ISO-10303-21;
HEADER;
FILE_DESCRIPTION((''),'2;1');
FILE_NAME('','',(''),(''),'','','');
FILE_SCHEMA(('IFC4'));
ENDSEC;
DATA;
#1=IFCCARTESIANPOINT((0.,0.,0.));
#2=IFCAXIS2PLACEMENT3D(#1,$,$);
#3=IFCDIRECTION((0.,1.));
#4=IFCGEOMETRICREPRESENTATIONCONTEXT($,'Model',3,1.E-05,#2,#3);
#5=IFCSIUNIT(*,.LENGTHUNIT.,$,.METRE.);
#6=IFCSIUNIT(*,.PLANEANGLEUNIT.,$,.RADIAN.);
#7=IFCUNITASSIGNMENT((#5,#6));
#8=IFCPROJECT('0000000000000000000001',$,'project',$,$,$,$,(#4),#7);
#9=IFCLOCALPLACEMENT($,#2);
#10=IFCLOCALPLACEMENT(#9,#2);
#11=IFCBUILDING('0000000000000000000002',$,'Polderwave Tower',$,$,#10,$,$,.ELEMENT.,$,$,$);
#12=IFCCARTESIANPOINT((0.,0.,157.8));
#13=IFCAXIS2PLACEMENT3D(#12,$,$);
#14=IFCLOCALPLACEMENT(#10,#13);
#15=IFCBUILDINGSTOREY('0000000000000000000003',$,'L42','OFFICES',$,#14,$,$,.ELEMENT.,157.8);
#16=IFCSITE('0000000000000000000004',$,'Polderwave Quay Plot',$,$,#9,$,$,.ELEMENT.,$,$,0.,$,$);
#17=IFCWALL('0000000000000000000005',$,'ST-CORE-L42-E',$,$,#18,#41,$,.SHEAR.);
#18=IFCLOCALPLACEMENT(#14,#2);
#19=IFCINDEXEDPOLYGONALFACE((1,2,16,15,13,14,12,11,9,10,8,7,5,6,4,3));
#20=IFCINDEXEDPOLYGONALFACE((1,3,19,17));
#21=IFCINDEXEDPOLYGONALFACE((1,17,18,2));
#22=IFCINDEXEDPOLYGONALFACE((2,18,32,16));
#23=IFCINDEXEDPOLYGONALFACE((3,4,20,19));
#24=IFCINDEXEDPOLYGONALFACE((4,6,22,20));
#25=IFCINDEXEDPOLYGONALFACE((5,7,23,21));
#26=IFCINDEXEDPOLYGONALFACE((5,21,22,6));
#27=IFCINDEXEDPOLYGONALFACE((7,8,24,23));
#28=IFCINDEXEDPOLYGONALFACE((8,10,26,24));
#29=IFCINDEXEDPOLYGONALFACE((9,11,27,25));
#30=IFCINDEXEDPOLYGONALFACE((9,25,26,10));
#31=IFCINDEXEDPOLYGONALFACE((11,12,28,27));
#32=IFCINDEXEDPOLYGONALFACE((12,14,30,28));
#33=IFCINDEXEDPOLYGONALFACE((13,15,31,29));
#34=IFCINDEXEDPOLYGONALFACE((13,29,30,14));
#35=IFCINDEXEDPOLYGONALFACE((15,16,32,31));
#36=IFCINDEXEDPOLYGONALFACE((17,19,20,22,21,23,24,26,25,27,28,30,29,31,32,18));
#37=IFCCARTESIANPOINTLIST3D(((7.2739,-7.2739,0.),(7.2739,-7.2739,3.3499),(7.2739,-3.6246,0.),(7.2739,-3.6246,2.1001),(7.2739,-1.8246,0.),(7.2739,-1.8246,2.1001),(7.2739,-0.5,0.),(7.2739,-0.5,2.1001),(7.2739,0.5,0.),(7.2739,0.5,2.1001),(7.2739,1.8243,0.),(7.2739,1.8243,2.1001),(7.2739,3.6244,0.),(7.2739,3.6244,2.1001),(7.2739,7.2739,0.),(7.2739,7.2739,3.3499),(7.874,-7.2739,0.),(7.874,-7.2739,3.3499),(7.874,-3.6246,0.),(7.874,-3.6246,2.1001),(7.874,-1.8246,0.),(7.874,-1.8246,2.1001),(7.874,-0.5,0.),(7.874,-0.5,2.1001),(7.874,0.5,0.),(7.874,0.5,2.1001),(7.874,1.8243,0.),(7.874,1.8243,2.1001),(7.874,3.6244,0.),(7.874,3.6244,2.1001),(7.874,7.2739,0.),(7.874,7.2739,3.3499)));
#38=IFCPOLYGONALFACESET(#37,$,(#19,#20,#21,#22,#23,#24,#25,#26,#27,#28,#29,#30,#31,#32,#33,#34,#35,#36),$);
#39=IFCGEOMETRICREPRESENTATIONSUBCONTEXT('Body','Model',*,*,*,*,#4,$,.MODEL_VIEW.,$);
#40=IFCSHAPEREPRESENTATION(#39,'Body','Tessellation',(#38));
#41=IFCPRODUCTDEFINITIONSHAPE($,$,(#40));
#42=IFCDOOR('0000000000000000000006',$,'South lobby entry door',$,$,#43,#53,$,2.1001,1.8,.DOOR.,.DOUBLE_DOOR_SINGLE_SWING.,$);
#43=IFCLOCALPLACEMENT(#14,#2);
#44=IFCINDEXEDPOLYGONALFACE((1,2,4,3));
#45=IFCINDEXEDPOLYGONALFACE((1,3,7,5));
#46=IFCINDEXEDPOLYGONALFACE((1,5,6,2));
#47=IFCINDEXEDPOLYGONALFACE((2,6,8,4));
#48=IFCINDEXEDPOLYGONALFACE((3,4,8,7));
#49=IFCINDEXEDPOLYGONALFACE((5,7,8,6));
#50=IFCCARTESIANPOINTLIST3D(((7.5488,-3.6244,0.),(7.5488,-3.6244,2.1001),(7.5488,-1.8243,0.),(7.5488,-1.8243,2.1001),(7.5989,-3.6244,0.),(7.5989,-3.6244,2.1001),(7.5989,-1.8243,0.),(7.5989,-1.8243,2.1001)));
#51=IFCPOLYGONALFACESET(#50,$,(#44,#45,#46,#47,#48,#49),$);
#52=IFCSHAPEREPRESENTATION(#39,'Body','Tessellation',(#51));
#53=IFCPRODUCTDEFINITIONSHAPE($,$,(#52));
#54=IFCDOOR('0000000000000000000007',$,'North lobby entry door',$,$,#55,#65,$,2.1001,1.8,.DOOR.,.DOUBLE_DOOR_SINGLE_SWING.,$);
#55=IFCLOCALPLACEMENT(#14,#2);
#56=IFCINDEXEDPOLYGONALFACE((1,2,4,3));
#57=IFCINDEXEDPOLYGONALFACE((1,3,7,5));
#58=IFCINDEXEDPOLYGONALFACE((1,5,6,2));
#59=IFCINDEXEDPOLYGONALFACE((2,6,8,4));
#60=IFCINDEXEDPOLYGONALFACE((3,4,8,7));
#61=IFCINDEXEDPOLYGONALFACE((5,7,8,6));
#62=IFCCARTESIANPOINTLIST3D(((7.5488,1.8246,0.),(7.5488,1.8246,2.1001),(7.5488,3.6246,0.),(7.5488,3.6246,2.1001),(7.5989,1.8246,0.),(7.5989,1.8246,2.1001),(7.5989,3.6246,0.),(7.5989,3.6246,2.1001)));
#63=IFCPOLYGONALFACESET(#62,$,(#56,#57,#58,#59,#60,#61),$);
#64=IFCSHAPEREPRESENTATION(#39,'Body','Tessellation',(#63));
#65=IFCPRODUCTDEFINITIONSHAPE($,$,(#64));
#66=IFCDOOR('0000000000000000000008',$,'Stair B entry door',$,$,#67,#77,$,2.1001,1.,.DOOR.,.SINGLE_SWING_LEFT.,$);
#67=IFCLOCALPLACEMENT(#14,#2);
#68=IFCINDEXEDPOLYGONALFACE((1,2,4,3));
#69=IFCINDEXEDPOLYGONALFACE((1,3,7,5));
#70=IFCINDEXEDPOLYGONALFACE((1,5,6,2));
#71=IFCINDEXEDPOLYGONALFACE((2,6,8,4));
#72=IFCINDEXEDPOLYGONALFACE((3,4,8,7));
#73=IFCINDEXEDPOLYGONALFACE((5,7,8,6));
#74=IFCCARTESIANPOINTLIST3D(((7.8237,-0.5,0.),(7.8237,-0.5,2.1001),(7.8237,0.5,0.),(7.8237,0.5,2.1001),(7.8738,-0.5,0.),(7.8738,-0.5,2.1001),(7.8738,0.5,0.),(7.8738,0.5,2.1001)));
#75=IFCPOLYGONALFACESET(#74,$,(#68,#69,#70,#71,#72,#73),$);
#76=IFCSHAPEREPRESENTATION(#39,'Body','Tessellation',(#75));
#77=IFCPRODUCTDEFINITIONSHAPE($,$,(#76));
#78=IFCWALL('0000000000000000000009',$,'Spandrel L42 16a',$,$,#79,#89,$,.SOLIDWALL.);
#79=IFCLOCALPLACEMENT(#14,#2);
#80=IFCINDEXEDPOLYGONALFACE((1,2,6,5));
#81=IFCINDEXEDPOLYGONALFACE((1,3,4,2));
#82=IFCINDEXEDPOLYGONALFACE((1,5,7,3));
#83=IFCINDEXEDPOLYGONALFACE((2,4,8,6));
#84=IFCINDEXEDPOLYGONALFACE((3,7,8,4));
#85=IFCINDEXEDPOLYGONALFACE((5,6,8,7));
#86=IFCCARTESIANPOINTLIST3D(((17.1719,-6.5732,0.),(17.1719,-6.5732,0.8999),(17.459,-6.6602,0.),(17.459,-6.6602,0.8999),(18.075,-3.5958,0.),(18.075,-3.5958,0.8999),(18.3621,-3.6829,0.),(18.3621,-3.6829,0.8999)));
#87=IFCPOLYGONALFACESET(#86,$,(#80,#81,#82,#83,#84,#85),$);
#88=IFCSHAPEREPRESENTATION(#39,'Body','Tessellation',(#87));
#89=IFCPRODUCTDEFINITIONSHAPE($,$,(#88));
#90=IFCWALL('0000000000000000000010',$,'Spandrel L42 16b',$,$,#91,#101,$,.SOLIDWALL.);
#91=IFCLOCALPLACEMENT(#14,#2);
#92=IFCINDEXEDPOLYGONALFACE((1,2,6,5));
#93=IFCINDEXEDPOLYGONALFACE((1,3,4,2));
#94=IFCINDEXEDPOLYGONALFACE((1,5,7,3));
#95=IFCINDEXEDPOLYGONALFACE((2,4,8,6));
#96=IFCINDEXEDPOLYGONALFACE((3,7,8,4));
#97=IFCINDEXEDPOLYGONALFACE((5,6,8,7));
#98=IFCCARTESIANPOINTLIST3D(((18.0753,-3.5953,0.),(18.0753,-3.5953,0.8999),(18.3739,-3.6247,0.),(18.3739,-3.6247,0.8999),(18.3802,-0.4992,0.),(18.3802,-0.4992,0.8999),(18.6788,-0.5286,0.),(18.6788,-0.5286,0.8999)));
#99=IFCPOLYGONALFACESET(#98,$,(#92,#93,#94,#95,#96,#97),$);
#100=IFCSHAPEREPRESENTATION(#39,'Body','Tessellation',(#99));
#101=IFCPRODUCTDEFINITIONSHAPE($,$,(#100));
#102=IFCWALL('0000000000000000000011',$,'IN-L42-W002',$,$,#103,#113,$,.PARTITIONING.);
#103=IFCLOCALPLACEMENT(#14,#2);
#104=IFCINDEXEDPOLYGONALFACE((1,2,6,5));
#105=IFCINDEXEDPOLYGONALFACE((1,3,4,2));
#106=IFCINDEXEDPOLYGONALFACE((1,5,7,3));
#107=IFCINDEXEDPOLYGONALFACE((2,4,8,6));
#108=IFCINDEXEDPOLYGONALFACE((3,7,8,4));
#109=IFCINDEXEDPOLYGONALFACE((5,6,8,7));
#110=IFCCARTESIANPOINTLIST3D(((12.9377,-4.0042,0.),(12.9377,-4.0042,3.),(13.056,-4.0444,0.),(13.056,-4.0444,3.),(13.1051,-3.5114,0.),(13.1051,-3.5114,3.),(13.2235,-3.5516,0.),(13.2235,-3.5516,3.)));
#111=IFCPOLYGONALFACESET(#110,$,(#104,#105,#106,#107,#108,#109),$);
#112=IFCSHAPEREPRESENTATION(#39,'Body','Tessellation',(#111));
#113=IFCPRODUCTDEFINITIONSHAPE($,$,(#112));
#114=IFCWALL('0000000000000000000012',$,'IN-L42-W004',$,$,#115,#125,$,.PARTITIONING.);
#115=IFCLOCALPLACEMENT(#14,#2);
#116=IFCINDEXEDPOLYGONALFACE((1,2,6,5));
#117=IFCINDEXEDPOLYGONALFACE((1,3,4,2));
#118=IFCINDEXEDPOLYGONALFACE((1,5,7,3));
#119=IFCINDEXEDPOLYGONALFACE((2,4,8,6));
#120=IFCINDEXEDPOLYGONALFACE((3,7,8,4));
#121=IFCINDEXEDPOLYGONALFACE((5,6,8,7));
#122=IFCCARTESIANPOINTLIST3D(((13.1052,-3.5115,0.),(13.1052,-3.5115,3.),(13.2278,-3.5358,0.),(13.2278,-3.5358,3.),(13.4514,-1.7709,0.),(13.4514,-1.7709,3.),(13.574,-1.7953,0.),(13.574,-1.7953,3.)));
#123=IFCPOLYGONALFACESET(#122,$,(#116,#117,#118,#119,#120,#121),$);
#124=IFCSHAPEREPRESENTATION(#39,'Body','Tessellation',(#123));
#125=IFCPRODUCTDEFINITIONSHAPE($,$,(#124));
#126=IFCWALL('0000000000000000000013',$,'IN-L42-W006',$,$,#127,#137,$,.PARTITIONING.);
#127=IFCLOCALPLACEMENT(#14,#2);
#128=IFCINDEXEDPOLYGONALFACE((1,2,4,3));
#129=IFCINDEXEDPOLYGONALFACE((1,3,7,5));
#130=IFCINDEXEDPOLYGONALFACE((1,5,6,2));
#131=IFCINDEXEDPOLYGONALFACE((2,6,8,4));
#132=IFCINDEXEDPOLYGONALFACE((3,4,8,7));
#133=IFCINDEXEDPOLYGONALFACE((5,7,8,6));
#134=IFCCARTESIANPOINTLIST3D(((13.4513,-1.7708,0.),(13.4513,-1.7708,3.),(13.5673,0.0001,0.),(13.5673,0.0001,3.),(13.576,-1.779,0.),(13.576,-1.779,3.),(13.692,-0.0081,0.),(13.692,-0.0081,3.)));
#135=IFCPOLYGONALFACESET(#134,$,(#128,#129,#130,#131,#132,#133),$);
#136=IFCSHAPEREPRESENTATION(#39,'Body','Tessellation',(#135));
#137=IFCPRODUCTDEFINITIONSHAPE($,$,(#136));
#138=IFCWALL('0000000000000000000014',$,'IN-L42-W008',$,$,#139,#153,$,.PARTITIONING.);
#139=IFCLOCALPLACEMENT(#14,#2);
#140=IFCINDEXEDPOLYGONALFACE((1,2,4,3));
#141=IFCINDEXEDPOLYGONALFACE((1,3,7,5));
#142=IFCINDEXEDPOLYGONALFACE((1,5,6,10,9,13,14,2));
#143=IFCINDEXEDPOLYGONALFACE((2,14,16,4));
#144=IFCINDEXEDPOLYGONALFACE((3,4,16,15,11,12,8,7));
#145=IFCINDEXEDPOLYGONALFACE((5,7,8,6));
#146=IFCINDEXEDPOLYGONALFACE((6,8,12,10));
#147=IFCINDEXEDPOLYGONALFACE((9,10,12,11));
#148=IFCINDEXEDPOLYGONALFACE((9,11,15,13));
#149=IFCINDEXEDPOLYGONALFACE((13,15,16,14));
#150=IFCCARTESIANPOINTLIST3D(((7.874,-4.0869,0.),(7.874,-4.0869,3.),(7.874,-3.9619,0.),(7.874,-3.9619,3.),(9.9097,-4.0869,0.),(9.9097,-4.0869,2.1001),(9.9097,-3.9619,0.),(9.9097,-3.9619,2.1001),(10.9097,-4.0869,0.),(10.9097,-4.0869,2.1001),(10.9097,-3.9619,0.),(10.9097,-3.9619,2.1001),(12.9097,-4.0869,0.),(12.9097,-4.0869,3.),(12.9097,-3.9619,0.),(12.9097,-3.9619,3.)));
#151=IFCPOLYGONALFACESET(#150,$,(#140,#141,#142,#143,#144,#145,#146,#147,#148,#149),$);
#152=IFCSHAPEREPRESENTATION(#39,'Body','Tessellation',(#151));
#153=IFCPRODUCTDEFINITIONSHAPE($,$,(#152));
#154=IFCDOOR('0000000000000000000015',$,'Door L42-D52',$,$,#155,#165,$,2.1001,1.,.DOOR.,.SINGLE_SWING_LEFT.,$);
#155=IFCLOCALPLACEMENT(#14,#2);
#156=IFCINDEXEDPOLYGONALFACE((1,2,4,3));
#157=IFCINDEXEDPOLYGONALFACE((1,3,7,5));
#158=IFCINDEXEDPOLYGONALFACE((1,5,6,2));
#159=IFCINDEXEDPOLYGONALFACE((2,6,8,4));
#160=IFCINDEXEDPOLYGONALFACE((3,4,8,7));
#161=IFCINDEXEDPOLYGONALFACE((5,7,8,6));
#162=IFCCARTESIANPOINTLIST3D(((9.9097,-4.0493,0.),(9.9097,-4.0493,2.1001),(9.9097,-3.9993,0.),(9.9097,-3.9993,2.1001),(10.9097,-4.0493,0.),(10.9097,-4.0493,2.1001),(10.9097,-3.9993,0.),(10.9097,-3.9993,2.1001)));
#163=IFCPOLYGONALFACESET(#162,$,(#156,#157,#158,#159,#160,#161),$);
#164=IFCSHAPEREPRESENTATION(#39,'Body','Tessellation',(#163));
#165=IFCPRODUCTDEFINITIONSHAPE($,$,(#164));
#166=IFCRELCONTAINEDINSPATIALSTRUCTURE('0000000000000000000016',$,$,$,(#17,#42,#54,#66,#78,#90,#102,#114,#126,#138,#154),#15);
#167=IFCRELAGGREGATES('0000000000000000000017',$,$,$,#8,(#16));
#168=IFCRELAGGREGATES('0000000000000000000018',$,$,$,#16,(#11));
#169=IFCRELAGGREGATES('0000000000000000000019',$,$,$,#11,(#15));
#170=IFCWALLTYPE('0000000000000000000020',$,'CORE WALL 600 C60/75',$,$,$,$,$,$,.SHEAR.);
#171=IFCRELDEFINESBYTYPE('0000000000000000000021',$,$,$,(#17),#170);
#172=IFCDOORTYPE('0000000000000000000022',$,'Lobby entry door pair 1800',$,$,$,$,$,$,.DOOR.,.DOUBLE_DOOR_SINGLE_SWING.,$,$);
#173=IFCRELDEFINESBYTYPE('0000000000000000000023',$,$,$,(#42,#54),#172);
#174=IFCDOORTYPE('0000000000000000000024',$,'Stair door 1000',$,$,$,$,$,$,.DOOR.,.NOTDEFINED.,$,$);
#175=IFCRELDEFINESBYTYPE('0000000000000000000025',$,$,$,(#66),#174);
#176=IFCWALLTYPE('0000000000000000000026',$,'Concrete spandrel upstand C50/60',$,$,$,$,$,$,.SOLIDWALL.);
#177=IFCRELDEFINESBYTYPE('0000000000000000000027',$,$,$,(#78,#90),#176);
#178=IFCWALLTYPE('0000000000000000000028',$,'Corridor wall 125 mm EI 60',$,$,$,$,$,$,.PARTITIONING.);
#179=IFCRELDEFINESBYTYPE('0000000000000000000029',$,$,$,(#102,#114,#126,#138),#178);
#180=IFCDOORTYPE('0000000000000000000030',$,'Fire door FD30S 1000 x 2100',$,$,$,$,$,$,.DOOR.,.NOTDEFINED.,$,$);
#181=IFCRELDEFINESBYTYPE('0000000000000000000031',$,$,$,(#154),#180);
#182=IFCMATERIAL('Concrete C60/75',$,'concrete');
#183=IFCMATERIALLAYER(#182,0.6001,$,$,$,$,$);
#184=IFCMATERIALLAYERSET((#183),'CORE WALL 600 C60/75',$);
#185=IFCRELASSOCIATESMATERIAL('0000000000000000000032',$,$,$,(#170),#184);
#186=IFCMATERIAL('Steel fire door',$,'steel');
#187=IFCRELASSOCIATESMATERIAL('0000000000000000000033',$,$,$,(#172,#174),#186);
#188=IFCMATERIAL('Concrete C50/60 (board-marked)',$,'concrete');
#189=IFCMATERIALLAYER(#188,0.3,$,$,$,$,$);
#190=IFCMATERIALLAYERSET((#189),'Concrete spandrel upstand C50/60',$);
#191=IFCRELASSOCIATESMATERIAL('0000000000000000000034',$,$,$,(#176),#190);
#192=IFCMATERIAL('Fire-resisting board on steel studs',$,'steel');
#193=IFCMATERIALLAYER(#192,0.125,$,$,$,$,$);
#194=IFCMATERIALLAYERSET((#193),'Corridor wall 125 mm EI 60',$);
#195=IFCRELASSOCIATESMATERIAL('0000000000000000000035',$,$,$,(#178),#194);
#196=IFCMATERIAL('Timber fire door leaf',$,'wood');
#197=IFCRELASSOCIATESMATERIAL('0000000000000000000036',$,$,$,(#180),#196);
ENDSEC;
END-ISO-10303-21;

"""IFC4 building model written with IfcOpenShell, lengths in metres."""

from ifc_helpers import new_model, si_unit, direction, frame, frame_2d, origin, place, context, subcontext, project, spatial, rectangle, extrude, material, layer, layer_set, type_object, element, fill, save


model = new_model("IFC4")

# Units and contexts
model_context = context("Model", 3, precision=1e-05, world=origin(), true_north=direction((0.0, 1.0)))
body_context = subcontext(model_context, "Body", "Model", "MODEL_VIEW")
ifc_project = project(units=[si_unit("LENGTHUNIT", "METRE"), si_unit("PLANEANGLEUNIT", "RADIAN")], contexts=[model_context])

# Site, building, storey
site_placement = place(None, origin())
site = spatial("IfcSite", under=ifc_project, at=site_placement, Name="Polderwave Quay Plot", CompositionType="ELEMENT", RefElevation=0.0)
building_placement = place(site_placement, origin())
building = spatial("IfcBuilding", under=site, at=building_placement, Name="Polderwave Tower", CompositionType="ELEMENT")
storey_placement = place(building_placement, frame((0.0, 0.0, 157.8)))
storey = spatial("IfcBuildingStorey", under=building, at=storey_placement, Name="L42", Description="OFFICES", CompositionType="ELEMENT", Elevation=157.8)

# Shared definitions
ifc_material_1 = material(Name="Concrete C60/75", Category="concrete")

# Wall, openings, doors
ifc_layer_1 = layer(ifc_material_1, 0.6001)
ifc_layer_set_1 = layer_set([ifc_layer_1], Name="CORE WALL 600 C60/75")
wall_type_1 = type_object("IfcWallType", Name="CORE WALL 600 C60/75", PredefinedType="SHEAR", material=ifc_layer_set_1)
wall_1_placement = place(storey_placement, frame((7.574, -7.2739, 0.0), z_axis=(0.0, 0.0, 1.0), x_axis=(0.0, 1.0, 0.0)))
wall_1 = element("IfcWall", 1, at=wall_1_placement, inside=storey, type_object=wall_type_1, Name="ST-CORE-L42-E", PredefinedType="SHEAR", context=body_context, shape_type="SweptSolid", body=[
    extrude(rectangle(XDim=14.5479, YDim=0.6001, at=frame_2d((7.2739, 0.0))), origin(), (0.0, 0.0, 1.0), 3.3499),
])
opening_1_placement = place(wall_1_placement, frame((6.7739, 0.0, 0.0)))
opening_1 = element("IfcOpeningElement", 2, at=opening_1_placement, cuts=wall_1, PredefinedType="OPENING", context=body_context, shape_type="SweptSolid", body=[
    extrude(rectangle(XDim=1.0, YDim=2.1001, at=frame_2d((0.5, 1.05))), frame((0.0, 0.3101, 0.0), z_axis=(0.0, -1.0, 0.0), x_axis=(1.0, 0.0, 0.0)), (0.0, 0.0, 1.0), 0.6201),
])
opening_2_placement = place(wall_1_placement, frame((3.6494, 0.0, 0.0)))
opening_2 = element("IfcOpeningElement", 3, at=opening_2_placement, cuts=wall_1, PredefinedType="OPENING", context=body_context, shape_type="SweptSolid", body=[
    extrude(rectangle(XDim=1.8, YDim=2.1001, at=frame_2d((0.8999, 1.05))), frame((0.0, 0.3101, 0.0), z_axis=(0.0, -1.0, 0.0), x_axis=(1.0, 0.0, 0.0)), (0.0, 0.0, 1.0), 0.6201),
])
opening_3_placement = place(wall_1_placement, frame((9.0984, 0.0, 0.0)))
opening_3 = element("IfcOpeningElement", 4, at=opening_3_placement, cuts=wall_1, PredefinedType="OPENING", context=body_context, shape_type="SweptSolid", body=[
    extrude(rectangle(XDim=1.8, YDim=2.1001, at=frame_2d((0.8999, 1.05))), frame((0.0, 0.3101, 0.0), z_axis=(0.0, -1.0, 0.0), x_axis=(1.0, 0.0, 0.0)), (0.0, 0.0, 1.0), 0.6201),
])
ifc_material_2 = material(Name="Steel fire door", Category="steel")
door_type_1 = type_object("IfcDoorType", Name="Lobby entry door pair 1800", OperationType="DOUBLE_DOOR_SINGLE_SWING", PredefinedType="DOOR", material=ifc_material_2)
door_1_placement = place(opening_2_placement, frame((1.8, 0.0, 0.0), z_axis=(0.0, 0.0, 1.0), x_axis=(-1.0, 0.0, 0.0)))
door_1 = element("IfcDoor", 5, at=door_1_placement, inside=storey, type_object=door_type_1, Name="South lobby entry door", OperationType="DOUBLE_DOOR_SINGLE_SWING", OverallHeight=2.1001, OverallWidth=1.8, PredefinedType="DOOR", context=body_context, shape_type="SweptSolid", body=[
    extrude(rectangle(XDim=1.8, YDim=2.1001, at=frame_2d((0.8999, 1.05))), frame((0.0, 0.0249, 0.0), z_axis=(0.0, -1.0, 0.0), x_axis=(1.0, 0.0, 0.0)), (0.0, 0.0, 1.0), 0.05),
])
fill(opening_2, door_1)
door_2_placement = place(opening_3_placement, frame((1.8, 0.0, 0.0), z_axis=(0.0, 0.0, 1.0), x_axis=(-1.0, 0.0, 0.0)))
door_2 = element("IfcDoor", 6, at=door_2_placement, inside=storey, type_object=door_type_1, Name="North lobby entry door", OperationType="DOUBLE_DOOR_SINGLE_SWING", OverallHeight=2.1001, OverallWidth=1.8, PredefinedType="DOOR", context=body_context, shape_type="SweptSolid", body=[
    extrude(rectangle(XDim=1.8, YDim=2.1001, at=frame_2d((0.8999, 1.05))), frame((0.0, 0.0249, 0.0), z_axis=(0.0, -1.0, 0.0), x_axis=(1.0, 0.0, 0.0)), (0.0, 0.0, 1.0), 0.05),
])
fill(opening_3, door_2)
door_type_2 = type_object("IfcDoorType", Name="Stair door 1000", OperationType="NOTDEFINED", PredefinedType="DOOR", material=ifc_material_2)
door_3_placement = place(opening_1_placement, frame((1.0, 0.0, 0.0), z_axis=(0.0, 0.0, 1.0), x_axis=(-1.0, 0.0, 0.0)))
door_3 = element("IfcDoor", 7, at=door_3_placement, inside=storey, type_object=door_type_2, Name="Stair B entry door", OperationType="SINGLE_SWING_LEFT", OverallHeight=2.1001, OverallWidth=1.0, PredefinedType="DOOR", context=body_context, shape_type="SweptSolid", body=[
    extrude(rectangle(XDim=1.0, YDim=2.1001, at=frame_2d((0.5, 1.05))), frame((0.0, 0.2998, 0.0), z_axis=(0.0, -1.0, 0.0), x_axis=(1.0, 0.0, 0.0)), (0.0, 0.0, 1.0), 0.05),
])
fill(opening_1, door_3)

# Walls
ifc_material_3 = material(Name="Concrete C50/60 (board-marked)", Category="concrete")
ifc_layer_2 = layer(ifc_material_3, 0.3)
ifc_layer_set_2 = layer_set([ifc_layer_2], Name="Concrete spandrel upstand C50/60")
wall_type_2 = type_object("IfcWallType", Name="Concrete spandrel upstand C50/60", PredefinedType="SOLIDWALL", material=ifc_layer_set_2)
wall_2_placement = place(storey_placement, frame((17.3154, -6.6167, 0.0), z_axis=(0.0, 0.0, 1.0), x_axis=(0.290262, 0.956947, 0.0)))
element("IfcWall", 8, at=wall_2_placement, inside=storey, type_object=wall_type_2, Name="Spandrel L42 16a", PredefinedType="SOLIDWALL", context=body_context, shape_type="SweptSolid", body=[
    extrude(rectangle(XDim=3.1113, YDim=0.3, at=frame_2d((1.5557, 0.0))), origin(), (0.0, 0.0, 1.0), 0.8999),
])
wall_3_placement = place(storey_placement, frame((18.2246, -3.6101, 0.0), z_axis=(0.0, 0.0, 1.0), x_axis=(0.098012, 0.995185, 0.0)))
element("IfcWall", 9, at=wall_3_placement, inside=storey, type_object=wall_type_2, Name="Spandrel L42 16b", PredefinedType="SOLIDWALL", context=body_context, shape_type="SweptSolid", body=[
    extrude(rectangle(XDim=3.1111, YDim=0.3, at=frame_2d((1.5557, 0.0))), origin(), (0.0, 0.0, 1.0), 0.8999),
])
ifc_material_4 = material(Name="Fire-resisting board on steel studs", Category="steel")
ifc_layer_3 = layer(ifc_material_4, 0.125)
ifc_layer_set_3 = layer_set([ifc_layer_3], Name="Corridor wall 125 mm EI 60")
wall_type_3 = type_object("IfcWallType", Name="Corridor wall 125 mm EI 60", PredefinedType="PARTITIONING", material=ifc_layer_set_3)
wall_4_placement = place(storey_placement, frame((13.1643, -3.5315, 0.0), z_axis=(0.0, 0.0, 1.0), x_axis=(-0.321709, -0.946838, 0.0)))
element("IfcWall", 10, at=wall_4_placement, inside=storey, type_object=wall_type_3, Name="IN-L42-W002", PredefinedType="PARTITIONING", context=body_context, shape_type="SweptSolid", body=[
    extrude(rectangle(XDim=0.5205, YDim=0.125, at=frame_2d((0.2603, 0.0))), origin(), (0.0, 0.0, 1.0), 3.0),
])
for number, where, z_axis, x_axis, name in (
    (11, (13.5127, -1.7832, 0.0), (0.0, 0.0, 1.0), (-0.195084, -0.980786, 0.0), "IN-L42-W004"),
    (12, (13.6296, -0.0042, 0.0), (0.0, 0.0, 1.0), (-0.06535, -0.997862, 0.0), "IN-L42-W006"),
):
    element("IfcWall", number, at=place(storey_placement, frame(where, z_axis=z_axis, x_axis=x_axis)), inside=storey, type_object=wall_type_3, Name=name, PredefinedType="PARTITIONING", context=body_context, shape_type="SweptSolid", body=[
        extrude(rectangle(XDim=1.7747, YDim=0.125, at=frame_2d((0.8872, 0.0))), origin(), (0.0, 0.0, 1.0), 3.0),
    ])

# Wall, opening, door
wall_5_placement = place(storey_placement, frame((12.9097, -4.0244, 0.0), z_axis=(0.0, 0.0, 1.0), x_axis=(-1.0, 0.0, 0.0)))
wall_5 = element("IfcWall", 13, at=wall_5_placement, inside=storey, type_object=wall_type_3, Name="IN-L42-W008", PredefinedType="PARTITIONING", context=body_context, shape_type="SweptSolid", body=[
    extrude(rectangle(XDim=5.0356, YDim=0.125, at=frame_2d((2.5178, 0.0))), origin(), (0.0, 0.0, 1.0), 3.0),
])
opening_4_placement = place(wall_5_placement, frame((2.0, 0.0, 0.0)))
opening_4 = element("IfcOpeningElement", 14, at=opening_4_placement, cuts=wall_5, PredefinedType="OPENING", context=body_context, shape_type="SweptSolid", body=[
    extrude(rectangle(XDim=1.0, YDim=2.1001, at=frame_2d((0.5, 1.05))), frame((0.0, 0.0725, 0.0), z_axis=(0.0, -1.0, 0.0), x_axis=(1.0, 0.0, 0.0)), (0.0, 0.0, 1.0), 0.145),
])
ifc_material_5 = material(Name="Timber fire door leaf", Category="wood")
door_type_3 = type_object("IfcDoorType", Name="Fire door FD30S 1000 x 2100", OperationType="NOTDEFINED", PredefinedType="DOOR", material=ifc_material_5)
door_4_placement = place(opening_4_placement, origin())
door_4 = element("IfcDoor", 15, at=door_4_placement, inside=storey, type_object=door_type_3, Name="Door L42-D52", OperationType="SINGLE_SWING_LEFT", OverallHeight=2.1001, OverallWidth=1.0, PredefinedType="DOOR", context=body_context, shape_type="SweptSolid", body=[
    extrude(rectangle(XDim=1.0, YDim=2.1001, at=frame_2d((0.5, 1.05))), frame((0.0, 0.0249, 0.0), z_axis=(0.0, -1.0, 0.0), x_axis=(1.0, 0.0, 0.0)), (0.0, 0.0, 1.0), 0.05),
])
fill(opening_4, door_4)

save(model, "model.ifc")
